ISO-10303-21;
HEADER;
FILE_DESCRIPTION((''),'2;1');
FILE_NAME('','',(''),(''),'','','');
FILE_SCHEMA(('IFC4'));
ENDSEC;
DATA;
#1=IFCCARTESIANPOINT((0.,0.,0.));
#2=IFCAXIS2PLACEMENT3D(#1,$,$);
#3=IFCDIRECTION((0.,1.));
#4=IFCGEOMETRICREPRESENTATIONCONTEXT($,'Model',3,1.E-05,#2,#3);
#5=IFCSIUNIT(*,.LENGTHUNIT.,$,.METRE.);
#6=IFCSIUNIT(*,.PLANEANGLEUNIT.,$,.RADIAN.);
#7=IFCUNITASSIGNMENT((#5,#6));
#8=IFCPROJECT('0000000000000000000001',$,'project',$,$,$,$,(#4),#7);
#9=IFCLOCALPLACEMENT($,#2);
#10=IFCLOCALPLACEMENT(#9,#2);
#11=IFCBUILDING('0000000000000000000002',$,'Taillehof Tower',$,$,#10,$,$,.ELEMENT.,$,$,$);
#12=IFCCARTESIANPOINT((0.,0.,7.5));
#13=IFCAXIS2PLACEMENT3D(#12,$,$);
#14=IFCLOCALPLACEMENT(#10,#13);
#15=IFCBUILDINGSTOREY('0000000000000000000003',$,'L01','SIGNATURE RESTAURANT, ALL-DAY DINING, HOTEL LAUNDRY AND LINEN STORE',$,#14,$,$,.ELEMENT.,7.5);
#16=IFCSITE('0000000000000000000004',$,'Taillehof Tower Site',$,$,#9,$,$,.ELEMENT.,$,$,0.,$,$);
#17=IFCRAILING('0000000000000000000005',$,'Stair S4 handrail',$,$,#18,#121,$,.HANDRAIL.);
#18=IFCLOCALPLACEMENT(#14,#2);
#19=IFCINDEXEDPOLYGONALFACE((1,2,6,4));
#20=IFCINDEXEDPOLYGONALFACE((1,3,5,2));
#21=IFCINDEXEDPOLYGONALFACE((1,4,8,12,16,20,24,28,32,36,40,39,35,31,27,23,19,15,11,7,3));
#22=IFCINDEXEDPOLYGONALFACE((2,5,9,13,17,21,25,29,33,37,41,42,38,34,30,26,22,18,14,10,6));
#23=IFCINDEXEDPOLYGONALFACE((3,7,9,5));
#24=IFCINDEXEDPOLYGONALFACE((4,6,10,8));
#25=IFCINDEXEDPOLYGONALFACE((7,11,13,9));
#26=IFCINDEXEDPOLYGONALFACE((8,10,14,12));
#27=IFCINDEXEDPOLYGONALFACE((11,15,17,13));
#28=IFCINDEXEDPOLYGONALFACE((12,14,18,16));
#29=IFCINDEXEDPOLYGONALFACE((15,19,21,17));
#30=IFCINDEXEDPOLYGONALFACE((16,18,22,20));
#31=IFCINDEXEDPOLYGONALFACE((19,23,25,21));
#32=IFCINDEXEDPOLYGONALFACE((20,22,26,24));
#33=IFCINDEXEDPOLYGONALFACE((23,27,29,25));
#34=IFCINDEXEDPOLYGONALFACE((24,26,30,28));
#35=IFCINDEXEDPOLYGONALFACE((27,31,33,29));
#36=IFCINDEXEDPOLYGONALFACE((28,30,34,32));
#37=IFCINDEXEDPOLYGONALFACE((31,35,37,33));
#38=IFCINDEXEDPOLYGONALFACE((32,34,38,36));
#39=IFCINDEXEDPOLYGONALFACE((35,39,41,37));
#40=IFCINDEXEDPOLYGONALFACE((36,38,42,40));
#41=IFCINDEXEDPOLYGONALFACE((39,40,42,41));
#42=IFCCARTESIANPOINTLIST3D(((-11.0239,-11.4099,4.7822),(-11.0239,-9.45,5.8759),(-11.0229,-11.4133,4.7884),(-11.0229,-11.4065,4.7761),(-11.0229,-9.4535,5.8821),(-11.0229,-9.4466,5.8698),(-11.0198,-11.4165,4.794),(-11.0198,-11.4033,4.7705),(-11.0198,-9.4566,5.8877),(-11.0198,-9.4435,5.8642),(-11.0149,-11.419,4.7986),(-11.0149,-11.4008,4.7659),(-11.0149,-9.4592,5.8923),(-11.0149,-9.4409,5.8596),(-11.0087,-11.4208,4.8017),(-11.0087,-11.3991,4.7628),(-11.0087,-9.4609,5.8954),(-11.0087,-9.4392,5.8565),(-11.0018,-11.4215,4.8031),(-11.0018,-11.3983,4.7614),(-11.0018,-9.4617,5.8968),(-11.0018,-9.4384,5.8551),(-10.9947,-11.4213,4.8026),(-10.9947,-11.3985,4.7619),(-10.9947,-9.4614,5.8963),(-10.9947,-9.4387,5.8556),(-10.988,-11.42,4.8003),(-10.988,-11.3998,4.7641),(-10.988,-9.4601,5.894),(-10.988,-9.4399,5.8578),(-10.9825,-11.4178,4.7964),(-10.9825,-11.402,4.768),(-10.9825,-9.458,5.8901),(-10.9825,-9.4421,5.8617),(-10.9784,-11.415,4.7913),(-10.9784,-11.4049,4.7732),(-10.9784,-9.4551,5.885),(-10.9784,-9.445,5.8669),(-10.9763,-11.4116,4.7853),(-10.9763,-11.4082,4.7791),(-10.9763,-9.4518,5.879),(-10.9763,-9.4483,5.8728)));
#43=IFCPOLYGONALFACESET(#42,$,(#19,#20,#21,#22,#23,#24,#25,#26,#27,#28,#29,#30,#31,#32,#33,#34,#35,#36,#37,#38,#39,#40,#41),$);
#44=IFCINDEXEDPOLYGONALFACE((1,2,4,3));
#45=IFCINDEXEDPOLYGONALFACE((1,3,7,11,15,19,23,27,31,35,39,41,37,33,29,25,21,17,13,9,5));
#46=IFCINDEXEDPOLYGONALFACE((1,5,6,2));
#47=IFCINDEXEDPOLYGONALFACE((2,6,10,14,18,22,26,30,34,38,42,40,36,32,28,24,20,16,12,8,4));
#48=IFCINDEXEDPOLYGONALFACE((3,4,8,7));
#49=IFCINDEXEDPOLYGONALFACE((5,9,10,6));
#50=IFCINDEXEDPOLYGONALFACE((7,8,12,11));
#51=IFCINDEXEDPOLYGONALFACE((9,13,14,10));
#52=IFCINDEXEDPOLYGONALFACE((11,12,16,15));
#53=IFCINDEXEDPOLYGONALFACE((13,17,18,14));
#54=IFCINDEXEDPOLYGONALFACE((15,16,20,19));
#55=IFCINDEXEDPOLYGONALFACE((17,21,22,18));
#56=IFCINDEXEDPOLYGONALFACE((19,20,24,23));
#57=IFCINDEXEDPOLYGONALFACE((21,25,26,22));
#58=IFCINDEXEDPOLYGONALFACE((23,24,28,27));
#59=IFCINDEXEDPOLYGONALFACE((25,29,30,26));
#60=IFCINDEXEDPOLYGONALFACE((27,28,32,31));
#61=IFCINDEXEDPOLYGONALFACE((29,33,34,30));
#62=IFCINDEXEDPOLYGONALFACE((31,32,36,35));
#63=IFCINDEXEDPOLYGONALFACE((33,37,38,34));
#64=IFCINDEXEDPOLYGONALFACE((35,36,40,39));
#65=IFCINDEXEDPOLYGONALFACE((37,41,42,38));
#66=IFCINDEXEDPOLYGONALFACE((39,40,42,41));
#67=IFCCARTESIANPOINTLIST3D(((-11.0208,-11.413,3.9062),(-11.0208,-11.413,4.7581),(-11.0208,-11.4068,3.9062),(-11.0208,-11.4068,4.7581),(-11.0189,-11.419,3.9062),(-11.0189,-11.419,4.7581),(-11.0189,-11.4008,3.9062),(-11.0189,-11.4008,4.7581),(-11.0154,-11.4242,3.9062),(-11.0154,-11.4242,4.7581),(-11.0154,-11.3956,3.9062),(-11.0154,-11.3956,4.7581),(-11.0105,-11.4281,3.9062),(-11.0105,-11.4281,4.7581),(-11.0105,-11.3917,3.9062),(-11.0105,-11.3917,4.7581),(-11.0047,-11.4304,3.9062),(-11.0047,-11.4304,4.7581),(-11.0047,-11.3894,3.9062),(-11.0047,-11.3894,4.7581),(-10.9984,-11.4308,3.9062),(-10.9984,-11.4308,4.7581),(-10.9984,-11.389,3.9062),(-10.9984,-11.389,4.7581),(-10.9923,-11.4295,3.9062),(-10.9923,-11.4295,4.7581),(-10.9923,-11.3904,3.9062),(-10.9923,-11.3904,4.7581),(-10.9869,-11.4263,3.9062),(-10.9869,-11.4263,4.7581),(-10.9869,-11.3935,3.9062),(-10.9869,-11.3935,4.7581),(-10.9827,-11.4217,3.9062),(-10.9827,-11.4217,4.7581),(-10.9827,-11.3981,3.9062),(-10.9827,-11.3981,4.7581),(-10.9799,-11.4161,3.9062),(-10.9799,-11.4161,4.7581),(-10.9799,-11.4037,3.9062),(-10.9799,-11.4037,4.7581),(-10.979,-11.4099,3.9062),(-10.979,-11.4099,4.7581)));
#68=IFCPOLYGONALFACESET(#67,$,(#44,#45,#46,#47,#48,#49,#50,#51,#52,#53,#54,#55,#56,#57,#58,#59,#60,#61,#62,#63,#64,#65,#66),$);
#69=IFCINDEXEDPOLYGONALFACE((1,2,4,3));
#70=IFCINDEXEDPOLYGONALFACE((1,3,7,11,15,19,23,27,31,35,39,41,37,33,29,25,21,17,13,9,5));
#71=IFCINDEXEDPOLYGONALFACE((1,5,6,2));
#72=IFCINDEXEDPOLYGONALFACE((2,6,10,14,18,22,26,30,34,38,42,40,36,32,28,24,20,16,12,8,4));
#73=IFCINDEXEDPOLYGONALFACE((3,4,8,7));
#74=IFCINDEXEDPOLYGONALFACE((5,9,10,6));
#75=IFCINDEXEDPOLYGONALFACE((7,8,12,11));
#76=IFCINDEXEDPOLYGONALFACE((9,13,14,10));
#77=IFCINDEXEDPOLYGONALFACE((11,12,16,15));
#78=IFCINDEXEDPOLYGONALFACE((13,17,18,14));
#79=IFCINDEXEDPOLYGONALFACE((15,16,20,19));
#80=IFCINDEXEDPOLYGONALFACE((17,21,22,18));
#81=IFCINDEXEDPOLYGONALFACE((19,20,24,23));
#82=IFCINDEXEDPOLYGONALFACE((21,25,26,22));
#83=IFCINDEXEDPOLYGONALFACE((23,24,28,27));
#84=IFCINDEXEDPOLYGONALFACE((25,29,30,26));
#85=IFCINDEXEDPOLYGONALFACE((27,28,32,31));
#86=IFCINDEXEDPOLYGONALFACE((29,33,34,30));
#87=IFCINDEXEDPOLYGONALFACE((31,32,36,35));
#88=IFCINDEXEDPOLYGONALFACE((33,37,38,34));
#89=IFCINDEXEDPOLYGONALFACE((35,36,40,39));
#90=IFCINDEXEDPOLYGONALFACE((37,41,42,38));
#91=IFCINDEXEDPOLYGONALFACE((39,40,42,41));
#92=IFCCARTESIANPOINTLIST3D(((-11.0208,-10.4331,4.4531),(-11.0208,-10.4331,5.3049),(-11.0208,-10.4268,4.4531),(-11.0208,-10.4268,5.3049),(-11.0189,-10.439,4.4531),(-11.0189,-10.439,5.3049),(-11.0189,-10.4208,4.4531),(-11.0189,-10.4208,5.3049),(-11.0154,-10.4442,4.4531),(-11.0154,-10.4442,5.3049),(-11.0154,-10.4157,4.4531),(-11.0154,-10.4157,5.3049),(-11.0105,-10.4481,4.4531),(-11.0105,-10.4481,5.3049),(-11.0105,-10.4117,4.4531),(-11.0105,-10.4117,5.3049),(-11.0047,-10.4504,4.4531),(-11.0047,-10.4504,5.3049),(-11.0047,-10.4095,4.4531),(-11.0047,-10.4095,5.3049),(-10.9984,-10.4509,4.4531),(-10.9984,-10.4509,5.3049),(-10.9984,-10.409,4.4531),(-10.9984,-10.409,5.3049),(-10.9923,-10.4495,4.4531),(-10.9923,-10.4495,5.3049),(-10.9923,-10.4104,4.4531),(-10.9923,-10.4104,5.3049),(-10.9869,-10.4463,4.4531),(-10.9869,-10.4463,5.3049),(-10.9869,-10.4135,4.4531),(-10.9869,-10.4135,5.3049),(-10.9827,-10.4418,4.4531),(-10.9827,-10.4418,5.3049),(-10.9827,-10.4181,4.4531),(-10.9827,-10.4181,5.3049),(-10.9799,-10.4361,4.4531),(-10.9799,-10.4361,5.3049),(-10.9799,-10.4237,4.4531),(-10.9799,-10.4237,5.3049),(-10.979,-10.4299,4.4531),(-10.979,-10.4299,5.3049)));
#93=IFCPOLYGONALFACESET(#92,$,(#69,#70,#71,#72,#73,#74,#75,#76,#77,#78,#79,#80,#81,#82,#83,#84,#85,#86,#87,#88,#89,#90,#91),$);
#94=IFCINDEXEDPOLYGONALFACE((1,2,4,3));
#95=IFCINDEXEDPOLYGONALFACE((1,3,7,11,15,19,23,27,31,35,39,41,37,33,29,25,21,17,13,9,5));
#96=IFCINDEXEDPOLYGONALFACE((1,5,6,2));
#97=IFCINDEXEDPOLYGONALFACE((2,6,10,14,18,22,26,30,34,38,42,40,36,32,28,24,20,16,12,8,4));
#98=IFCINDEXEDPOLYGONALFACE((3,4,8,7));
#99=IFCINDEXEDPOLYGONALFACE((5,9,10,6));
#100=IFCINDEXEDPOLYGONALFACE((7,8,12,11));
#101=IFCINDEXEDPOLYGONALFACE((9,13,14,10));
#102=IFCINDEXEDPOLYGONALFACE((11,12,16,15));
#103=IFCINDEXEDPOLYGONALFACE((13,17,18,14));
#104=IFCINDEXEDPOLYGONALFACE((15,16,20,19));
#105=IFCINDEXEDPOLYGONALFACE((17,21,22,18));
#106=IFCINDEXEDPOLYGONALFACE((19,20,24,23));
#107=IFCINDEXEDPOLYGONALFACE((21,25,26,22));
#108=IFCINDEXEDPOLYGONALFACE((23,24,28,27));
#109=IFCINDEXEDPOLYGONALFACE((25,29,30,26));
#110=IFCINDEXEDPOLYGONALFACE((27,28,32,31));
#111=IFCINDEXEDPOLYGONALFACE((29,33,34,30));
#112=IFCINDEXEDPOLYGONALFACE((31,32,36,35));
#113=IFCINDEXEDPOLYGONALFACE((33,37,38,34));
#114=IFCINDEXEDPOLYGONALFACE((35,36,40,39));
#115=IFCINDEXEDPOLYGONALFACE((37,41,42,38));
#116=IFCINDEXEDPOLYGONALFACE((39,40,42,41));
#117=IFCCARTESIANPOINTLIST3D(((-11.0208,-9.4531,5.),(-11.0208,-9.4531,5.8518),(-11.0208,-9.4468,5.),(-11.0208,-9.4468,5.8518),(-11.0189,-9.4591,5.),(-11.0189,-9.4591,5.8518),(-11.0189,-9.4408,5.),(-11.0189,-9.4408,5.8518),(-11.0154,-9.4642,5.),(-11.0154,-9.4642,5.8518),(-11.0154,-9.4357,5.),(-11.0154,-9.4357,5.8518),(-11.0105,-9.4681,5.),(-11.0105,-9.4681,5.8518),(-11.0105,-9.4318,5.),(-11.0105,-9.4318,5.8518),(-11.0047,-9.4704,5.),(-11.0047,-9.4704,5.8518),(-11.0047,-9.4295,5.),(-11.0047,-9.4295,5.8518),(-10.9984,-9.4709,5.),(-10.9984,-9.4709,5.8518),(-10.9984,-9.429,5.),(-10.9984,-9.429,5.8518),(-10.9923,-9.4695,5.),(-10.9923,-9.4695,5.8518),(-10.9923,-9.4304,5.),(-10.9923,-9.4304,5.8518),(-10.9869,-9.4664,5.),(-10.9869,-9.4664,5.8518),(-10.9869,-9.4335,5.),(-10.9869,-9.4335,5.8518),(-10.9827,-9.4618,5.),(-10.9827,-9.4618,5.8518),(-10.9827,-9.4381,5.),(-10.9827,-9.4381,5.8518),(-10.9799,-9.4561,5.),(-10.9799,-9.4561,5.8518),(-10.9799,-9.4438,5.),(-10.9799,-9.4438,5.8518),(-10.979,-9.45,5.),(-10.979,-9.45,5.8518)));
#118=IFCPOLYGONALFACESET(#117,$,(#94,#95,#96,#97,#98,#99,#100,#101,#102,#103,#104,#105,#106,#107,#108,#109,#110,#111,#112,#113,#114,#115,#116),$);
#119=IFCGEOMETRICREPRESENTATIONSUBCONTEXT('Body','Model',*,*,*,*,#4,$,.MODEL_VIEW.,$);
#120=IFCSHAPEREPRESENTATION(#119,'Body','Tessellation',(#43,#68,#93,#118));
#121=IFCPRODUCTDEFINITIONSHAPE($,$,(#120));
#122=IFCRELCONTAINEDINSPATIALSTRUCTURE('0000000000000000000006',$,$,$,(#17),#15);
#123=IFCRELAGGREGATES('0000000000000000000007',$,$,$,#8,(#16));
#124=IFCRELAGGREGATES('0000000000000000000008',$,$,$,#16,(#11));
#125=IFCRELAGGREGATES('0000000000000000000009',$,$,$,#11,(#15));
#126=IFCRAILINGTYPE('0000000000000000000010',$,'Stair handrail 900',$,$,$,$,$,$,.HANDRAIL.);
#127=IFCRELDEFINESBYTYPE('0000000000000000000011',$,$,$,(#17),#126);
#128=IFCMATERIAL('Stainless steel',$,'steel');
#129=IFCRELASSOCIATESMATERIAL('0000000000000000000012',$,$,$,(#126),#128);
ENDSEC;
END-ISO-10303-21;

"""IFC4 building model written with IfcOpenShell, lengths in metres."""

from ifc_helpers import new_model, si_unit, direction, frame, origin, origin_2d, place, context, subcontext, project, spatial, circle, extrude, material, type_object, element, save


model = new_model("IFC4")

# Units and contexts
model_context = context("Model", 3, precision=1e-05, world=origin(), true_north=direction((0.0, 1.0)))
body_context = subcontext(model_context, "Body", "Model", "MODEL_VIEW")
ifc_project = project(units=[si_unit("LENGTHUNIT", "METRE"), si_unit("PLANEANGLEUNIT", "RADIAN")], contexts=[model_context])

# Site, building, storey
site_placement = place(None, origin())
site = spatial("IfcSite", under=ifc_project, at=site_placement, Name="Taillehof Tower Site", CompositionType="ELEMENT", RefElevation=0.0)
building_placement = place(site_placement, origin())
building = spatial("IfcBuilding", under=site, at=building_placement, Name="Taillehof Tower", CompositionType="ELEMENT")
storey_placement = place(building_placement, frame((0.0, 0.0, 7.5)))
storey = spatial("IfcBuildingStorey", under=building, at=storey_placement, Name="L01", Description="SIGNATURE RESTAURANT, ALL-DAY DINING, HOTEL LAUNDRY AND LINEN STORE", CompositionType="ELEMENT", Elevation=7.5)

# Railing
ifc_material_1 = material(Name="Stainless steel", Category="steel")
railing_type = type_object("IfcRailingType", Name="Stair handrail 900", PredefinedType="HANDRAIL", material=ifc_material_1)
railing_1_placement = place(storey_placement, frame((-11.0, -11.4099, 3.9062)))
element("IfcRailing", 1, at=railing_1_placement, inside=storey, type_object=railing_type, Name="Stair S4 handrail", PredefinedType="HANDRAIL", context=body_context, shape_type="SweptSolid", body=[
    extrude(circle(Radius=0.0239, at=origin_2d()), frame((0.0, 0.0, 0.876), z_axis=(0.0, 0.873232, 0.487304), x_axis=(-1.0, 0.0, 0.0)), (0.0, 0.0, 1.0), 2.2444),
    extrude(circle(Radius=0.021, at=origin_2d()), origin(), (0.0, 0.0, 1.0), 0.8518),
    extrude(circle(Radius=0.021, at=origin_2d()), frame((0.0, 0.98, 0.5469)), (0.0, 0.0, 1.0), 0.8518),
    extrude(circle(Radius=0.021, at=origin_2d()), frame((0.0, 1.96, 1.0938)), (0.0, 0.0, 1.0), 0.8518),
])

save(model, "model.ifc")
